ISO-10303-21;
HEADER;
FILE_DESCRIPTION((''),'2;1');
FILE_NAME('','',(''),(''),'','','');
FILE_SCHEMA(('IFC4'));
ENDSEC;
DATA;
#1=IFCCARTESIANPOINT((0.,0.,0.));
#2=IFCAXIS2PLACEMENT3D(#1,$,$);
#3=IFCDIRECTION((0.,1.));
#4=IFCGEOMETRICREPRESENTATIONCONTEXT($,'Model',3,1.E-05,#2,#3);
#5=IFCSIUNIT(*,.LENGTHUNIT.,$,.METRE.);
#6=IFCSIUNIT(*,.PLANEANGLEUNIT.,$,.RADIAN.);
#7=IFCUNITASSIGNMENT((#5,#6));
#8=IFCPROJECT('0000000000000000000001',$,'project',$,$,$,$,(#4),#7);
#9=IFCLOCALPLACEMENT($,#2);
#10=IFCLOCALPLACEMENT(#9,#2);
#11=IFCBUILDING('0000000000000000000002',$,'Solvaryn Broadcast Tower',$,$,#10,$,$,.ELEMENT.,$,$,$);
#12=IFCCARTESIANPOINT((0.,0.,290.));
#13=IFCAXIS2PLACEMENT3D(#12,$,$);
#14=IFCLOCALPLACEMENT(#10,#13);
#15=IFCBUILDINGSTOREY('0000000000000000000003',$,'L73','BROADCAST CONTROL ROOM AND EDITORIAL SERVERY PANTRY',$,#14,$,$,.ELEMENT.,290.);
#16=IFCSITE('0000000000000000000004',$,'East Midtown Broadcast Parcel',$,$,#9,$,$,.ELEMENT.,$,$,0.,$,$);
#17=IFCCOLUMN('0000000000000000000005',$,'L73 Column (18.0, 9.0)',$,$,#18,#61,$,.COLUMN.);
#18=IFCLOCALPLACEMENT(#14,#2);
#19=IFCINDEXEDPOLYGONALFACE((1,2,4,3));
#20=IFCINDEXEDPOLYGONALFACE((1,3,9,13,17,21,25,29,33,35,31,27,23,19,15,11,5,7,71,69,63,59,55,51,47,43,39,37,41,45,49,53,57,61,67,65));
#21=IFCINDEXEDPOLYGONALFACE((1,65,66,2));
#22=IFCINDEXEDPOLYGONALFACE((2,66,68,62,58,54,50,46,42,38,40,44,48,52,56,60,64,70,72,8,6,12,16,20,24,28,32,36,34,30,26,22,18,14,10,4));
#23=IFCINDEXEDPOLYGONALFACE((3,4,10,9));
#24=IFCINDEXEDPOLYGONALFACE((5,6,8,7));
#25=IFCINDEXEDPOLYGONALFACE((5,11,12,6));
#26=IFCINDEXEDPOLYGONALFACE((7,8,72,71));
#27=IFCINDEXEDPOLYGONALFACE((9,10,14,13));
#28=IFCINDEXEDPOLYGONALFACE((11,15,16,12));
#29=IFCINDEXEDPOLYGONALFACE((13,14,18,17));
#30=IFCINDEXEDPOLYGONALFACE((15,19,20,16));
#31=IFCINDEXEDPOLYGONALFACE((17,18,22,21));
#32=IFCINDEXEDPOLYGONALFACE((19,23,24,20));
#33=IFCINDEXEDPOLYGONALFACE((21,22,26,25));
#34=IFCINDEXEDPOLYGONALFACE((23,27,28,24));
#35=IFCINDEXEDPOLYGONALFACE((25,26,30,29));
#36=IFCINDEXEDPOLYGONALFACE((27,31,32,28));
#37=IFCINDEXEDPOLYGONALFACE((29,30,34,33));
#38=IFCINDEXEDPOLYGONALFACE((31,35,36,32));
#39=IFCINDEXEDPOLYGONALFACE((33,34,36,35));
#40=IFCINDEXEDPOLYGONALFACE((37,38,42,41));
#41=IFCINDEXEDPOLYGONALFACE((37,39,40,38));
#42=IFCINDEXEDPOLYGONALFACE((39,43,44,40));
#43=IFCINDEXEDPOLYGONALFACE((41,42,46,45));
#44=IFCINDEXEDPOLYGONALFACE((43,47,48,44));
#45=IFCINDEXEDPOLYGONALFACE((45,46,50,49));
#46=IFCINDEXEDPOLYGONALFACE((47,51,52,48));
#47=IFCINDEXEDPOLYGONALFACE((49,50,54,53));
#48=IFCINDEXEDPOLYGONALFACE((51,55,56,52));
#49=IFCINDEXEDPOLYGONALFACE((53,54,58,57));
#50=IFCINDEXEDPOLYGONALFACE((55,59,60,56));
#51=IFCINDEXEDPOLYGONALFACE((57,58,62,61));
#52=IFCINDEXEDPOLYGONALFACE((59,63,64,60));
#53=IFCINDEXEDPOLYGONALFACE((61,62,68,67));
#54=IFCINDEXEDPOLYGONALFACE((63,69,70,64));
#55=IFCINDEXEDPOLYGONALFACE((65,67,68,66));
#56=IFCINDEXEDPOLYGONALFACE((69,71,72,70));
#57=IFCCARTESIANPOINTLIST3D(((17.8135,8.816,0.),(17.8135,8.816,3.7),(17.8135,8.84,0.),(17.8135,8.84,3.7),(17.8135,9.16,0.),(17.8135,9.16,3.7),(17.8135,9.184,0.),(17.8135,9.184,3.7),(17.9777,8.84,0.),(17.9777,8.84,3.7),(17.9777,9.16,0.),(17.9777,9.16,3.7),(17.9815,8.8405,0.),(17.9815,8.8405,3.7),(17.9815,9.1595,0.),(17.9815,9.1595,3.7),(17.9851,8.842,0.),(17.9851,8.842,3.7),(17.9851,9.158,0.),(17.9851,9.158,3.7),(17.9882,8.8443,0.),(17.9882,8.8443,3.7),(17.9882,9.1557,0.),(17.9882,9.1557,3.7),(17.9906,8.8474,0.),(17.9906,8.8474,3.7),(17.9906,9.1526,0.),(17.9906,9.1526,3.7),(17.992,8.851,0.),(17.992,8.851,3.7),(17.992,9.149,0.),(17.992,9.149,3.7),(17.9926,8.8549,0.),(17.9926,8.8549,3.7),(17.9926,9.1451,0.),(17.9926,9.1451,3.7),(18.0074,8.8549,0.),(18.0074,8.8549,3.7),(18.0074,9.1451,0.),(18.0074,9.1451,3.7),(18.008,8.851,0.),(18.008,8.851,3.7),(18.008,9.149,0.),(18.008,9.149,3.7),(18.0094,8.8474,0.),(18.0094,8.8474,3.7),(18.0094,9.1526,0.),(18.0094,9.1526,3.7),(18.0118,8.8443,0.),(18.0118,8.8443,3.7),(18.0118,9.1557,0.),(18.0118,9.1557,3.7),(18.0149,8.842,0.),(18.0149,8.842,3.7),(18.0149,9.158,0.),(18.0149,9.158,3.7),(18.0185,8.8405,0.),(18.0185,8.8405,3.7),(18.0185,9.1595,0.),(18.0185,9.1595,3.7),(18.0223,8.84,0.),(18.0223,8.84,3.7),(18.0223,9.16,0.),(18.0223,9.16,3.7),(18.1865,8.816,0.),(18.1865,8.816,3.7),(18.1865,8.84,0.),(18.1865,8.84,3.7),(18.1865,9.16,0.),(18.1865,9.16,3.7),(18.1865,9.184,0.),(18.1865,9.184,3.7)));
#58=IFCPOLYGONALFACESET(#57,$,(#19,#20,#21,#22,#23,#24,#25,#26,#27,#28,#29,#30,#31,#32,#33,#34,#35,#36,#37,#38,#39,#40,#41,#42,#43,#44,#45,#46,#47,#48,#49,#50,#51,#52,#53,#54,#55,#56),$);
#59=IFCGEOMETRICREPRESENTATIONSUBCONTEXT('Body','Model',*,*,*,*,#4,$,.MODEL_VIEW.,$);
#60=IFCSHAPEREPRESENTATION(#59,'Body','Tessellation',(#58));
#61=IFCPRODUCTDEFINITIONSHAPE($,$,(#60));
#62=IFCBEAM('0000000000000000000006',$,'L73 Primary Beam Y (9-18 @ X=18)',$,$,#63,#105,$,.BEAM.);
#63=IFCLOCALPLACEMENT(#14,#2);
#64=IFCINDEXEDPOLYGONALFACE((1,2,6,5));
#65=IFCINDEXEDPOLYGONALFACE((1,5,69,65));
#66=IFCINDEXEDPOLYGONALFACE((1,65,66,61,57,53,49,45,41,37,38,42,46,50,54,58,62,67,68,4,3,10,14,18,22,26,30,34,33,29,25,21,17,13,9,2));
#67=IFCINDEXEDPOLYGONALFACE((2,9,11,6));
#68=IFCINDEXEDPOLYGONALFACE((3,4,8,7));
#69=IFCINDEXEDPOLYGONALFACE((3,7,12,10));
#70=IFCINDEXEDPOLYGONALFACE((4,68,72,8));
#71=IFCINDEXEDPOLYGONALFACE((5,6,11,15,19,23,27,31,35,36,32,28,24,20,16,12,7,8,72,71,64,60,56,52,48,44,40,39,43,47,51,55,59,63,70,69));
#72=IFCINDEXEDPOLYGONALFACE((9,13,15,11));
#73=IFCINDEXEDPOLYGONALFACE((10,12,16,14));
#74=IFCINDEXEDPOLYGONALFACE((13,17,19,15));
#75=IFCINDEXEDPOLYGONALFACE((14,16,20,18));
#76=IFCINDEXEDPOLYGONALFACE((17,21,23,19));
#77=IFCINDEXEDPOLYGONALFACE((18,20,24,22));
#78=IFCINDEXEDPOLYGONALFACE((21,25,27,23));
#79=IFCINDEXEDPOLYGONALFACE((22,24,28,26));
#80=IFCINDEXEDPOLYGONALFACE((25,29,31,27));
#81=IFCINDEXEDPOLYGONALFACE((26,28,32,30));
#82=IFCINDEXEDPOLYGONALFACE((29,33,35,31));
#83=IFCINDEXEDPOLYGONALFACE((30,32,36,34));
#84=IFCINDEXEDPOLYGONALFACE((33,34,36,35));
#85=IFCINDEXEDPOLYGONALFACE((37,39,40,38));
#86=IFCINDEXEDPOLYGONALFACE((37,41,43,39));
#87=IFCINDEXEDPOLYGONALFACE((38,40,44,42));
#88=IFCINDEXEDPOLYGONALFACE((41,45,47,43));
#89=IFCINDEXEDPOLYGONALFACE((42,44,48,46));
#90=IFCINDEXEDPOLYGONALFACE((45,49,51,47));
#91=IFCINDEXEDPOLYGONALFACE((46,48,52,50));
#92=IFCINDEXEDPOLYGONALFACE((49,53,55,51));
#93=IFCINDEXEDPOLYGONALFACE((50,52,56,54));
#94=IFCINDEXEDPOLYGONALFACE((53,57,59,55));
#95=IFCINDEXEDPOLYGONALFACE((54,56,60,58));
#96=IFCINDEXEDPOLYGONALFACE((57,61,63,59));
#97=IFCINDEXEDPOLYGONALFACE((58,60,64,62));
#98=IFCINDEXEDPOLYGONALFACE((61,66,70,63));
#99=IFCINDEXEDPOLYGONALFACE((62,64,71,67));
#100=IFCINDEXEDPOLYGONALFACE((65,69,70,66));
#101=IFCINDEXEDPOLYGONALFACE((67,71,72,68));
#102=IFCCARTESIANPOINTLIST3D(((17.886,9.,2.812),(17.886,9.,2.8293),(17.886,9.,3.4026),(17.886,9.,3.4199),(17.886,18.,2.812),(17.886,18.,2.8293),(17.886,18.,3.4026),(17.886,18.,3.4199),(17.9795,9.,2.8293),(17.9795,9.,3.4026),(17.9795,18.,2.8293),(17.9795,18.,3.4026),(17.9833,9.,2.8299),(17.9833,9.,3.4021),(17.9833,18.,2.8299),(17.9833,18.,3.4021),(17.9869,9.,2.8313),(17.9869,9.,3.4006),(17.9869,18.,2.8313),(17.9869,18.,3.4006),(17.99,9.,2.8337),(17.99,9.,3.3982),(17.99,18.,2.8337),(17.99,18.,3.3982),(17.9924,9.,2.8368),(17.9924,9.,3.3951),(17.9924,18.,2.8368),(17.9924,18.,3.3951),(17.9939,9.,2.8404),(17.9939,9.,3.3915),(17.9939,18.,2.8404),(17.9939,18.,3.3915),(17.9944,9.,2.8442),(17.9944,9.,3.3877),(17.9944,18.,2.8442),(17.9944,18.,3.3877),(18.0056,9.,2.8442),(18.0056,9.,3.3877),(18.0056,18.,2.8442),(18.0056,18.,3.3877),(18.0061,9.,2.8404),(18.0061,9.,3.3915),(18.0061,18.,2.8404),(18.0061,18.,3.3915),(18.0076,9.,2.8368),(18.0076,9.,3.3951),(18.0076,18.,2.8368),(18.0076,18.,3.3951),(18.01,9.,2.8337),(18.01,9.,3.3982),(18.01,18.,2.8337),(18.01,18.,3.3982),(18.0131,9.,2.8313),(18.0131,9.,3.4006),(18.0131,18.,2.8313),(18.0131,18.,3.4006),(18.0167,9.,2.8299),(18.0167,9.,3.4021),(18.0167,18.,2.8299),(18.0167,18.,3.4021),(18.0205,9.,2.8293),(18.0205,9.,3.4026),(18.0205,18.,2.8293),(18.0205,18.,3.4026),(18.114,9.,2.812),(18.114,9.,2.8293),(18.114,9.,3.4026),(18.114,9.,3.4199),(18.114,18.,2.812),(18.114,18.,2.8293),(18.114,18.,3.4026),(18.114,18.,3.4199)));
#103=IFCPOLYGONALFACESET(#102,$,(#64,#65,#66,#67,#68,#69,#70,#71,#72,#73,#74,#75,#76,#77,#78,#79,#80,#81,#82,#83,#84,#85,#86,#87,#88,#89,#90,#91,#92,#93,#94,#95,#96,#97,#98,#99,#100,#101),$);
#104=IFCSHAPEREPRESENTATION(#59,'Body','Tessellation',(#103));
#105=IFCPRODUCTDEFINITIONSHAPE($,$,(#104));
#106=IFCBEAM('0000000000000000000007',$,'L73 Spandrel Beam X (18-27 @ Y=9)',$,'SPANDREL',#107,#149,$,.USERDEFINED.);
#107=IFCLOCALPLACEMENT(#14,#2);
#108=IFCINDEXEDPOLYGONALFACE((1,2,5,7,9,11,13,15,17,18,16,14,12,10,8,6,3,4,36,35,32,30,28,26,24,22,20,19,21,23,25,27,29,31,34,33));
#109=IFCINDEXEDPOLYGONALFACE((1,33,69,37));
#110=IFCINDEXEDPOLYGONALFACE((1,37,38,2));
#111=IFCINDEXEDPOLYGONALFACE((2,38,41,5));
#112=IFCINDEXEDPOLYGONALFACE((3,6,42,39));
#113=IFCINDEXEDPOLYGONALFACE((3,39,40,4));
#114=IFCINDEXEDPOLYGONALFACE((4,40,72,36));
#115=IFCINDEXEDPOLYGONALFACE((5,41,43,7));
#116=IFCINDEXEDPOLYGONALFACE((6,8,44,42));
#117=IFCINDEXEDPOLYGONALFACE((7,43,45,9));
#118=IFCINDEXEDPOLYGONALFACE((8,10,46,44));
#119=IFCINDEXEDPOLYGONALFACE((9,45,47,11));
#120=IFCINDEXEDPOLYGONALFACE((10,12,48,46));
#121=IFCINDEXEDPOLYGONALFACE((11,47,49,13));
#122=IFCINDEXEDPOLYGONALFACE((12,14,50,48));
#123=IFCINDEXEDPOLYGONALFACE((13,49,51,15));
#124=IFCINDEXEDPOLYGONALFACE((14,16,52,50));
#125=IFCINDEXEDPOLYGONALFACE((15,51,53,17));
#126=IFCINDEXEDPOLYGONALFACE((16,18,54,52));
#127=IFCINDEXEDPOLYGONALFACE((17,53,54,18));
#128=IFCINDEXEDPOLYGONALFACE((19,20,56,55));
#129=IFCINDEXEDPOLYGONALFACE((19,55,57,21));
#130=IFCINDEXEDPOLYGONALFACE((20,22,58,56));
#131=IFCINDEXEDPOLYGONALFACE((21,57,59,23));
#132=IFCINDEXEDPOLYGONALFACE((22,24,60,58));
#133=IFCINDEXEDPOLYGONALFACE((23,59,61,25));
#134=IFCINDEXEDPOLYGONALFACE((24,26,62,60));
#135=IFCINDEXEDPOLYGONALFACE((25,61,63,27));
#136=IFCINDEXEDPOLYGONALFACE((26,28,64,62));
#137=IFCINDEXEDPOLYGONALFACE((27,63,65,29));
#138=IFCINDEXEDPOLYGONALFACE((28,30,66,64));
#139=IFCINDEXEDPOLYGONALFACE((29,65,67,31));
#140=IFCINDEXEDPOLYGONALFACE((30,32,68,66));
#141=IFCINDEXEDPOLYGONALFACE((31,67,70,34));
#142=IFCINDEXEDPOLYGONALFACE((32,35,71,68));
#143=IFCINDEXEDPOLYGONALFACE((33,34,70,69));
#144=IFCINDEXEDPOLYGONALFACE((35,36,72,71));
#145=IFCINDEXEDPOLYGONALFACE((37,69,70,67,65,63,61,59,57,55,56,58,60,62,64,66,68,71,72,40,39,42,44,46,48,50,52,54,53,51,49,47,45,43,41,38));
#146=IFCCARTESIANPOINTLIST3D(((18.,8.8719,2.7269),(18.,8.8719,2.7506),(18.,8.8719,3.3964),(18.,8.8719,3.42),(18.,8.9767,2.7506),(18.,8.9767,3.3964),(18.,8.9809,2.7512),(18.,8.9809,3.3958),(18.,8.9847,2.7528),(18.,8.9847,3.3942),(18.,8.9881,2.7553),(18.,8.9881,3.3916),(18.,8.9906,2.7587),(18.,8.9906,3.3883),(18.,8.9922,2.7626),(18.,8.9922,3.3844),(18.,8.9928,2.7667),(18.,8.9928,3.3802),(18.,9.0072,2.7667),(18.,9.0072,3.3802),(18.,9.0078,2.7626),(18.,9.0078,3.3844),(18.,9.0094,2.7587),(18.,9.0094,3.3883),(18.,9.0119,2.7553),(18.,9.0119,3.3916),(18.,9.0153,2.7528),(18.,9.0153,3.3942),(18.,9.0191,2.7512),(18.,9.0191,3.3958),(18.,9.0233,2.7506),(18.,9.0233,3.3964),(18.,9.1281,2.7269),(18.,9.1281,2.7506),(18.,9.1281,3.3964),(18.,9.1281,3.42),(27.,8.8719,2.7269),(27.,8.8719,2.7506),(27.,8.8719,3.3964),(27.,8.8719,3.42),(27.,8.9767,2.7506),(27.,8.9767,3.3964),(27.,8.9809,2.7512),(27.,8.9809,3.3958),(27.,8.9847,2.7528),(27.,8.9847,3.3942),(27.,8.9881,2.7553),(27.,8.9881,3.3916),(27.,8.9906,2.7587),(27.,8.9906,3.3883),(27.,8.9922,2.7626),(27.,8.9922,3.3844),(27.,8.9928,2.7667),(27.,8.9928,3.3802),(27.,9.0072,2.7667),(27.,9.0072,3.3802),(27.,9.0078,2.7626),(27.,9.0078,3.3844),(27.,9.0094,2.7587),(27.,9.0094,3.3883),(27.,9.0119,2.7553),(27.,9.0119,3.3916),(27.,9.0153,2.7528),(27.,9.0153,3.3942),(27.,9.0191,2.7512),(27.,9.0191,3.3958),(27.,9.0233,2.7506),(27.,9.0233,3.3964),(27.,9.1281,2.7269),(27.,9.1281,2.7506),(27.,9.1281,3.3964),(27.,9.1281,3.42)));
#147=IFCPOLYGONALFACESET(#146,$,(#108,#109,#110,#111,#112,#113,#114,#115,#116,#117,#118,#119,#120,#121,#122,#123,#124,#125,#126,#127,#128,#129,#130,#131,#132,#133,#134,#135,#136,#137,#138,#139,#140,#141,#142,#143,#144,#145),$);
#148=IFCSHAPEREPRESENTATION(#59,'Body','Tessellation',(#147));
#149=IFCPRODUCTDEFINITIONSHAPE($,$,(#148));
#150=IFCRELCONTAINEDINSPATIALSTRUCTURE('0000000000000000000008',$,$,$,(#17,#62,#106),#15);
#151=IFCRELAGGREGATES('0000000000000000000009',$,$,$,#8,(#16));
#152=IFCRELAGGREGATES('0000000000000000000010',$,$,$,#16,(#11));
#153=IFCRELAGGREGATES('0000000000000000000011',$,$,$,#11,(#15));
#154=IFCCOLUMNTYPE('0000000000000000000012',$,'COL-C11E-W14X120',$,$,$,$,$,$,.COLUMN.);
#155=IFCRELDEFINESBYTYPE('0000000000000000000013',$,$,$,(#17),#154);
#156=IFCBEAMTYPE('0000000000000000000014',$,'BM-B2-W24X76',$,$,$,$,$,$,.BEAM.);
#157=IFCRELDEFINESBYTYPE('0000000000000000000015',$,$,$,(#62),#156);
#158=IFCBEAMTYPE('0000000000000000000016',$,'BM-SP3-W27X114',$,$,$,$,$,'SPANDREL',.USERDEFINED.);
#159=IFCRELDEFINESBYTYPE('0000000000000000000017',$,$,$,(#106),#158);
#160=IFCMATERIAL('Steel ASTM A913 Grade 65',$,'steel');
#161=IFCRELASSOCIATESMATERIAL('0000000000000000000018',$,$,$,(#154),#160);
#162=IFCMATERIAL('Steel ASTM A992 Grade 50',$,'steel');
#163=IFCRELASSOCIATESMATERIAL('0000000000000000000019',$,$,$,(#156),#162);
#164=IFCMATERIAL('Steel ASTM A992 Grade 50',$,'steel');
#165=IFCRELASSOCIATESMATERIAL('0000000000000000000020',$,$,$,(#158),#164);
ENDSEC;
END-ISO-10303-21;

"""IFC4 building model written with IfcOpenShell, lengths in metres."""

from ifc_helpers import new_model, si_unit, direction, frame, origin, origin_2d, place, context, subcontext, project, spatial, i_section, extrude, material, material_profile, profile_set, type_object, element, save


model = new_model("IFC4")

# Units and contexts
model_context = context("Model", 3, precision=1e-05, world=origin(), true_north=direction((0.0, 1.0)))
body_context = subcontext(model_context, "Body", "Model", "MODEL_VIEW")
ifc_project = project(units=[si_unit("LENGTHUNIT", "METRE"), si_unit("PLANEANGLEUNIT", "RADIAN")], contexts=[model_context])

# Site, building, storey
site_placement = place(None, origin())
site = spatial("IfcSite", under=ifc_project, at=site_placement, Name="East Midtown Broadcast Parcel", CompositionType="ELEMENT", RefElevation=0.0)
building_placement = place(site_placement, origin())
building = spatial("IfcBuilding", under=site, at=building_placement, Name="Solvaryn Broadcast Tower", CompositionType="ELEMENT")
storey_placement = place(building_placement, frame((0.0, 0.0, 290.0)))
storey = spatial("IfcBuildingStorey", under=building, at=storey_placement, Name="L73", Description="BROADCAST CONTROL ROOM AND EDITORIAL SERVERY PANTRY", CompositionType="ELEMENT", Elevation=290.0)

# Column
ifc_material_1 = material(Name="Steel ASTM A913 Grade 65", Category="steel")
ifc_material_profile_1 = material_profile(ifc_material_1, i_section(OverallWidth=0.373, OverallDepth=0.3679, WebThickness=0.0149, FlangeThickness=0.0239, FilletRadius=0.0149, at=origin_2d()))
ifc_profile_set_1 = profile_set([ifc_material_profile_1], Name="Steel ASTM A913 Grade 65")
column_type = type_object("IfcColumnType", Name="COL-C11E-W14X120", PredefinedType="COLUMN", material=ifc_profile_set_1)
column_placement = place(storey_placement, frame((18.0, 9.0, 0.0), z_axis=(0.0, 0.0, 1.0), x_axis=(1.0, 0.0, 0.0)))
element("IfcColumn", 1, at=column_placement, inside=storey, type_object=column_type, Name="L73 Column (18.0, 9.0)", PredefinedType="COLUMN", context=body_context, shape_type="SweptSolid", body=[
    extrude(i_section(OverallWidth=0.373, OverallDepth=0.3679, WebThickness=0.0149, FlangeThickness=0.0239, FilletRadius=0.0149, at=origin_2d()), origin(), (0.0, 0.0, 1.0), 3.7),
])

# Beams
ifc_material_2 = material(Name="Steel ASTM A992 Grade 50", Category="steel")
ifc_material_profile_2 = material_profile(ifc_material_2, i_section(OverallWidth=0.228, OverallDepth=0.6079, WebThickness=0.0112, FlangeThickness=0.0173, FilletRadius=0.0149, at=origin_2d()))
ifc_profile_set_2 = profile_set([ifc_material_profile_2], Name="Steel ASTM A992 Grade 50")
beam_type_1 = type_object("IfcBeamType", Name="BM-B2-W24X76", PredefinedType="BEAM", material=ifc_profile_set_2)
beam_1_placement = place(storey_placement, frame((18.0, 9.0, 3.116), z_axis=(0.0, 1.0, 0.0), x_axis=(-1.0, 0.0, 0.0)))
element("IfcBeam", 2, at=beam_1_placement, inside=storey, type_object=beam_type_1, Name="L73 Primary Beam Y (9-18 @ X=18)", PredefinedType="BEAM", context=body_context, shape_type="SweptSolid", body=[
    extrude(i_section(OverallWidth=0.228, OverallDepth=0.6079, WebThickness=0.0112, FlangeThickness=0.0173, FilletRadius=0.0149, at=origin_2d()), origin(), (0.0, 0.0, 1.0), 9.0),
])
ifc_material_3 = material(Name="Steel ASTM A992 Grade 50", Category="steel")
ifc_material_profile_3 = material_profile(ifc_material_3, i_section(OverallWidth=0.2561, OverallDepth=0.6931, WebThickness=0.0144, FlangeThickness=0.0237, FilletRadius=0.0161, at=origin_2d()))
ifc_profile_set_3 = profile_set([ifc_material_profile_3], Name="Steel ASTM A992 Grade 50")
beam_type_2 = type_object("IfcBeamType", Name="BM-SP3-W27X114", ElementType="SPANDREL", PredefinedType="USERDEFINED", material=ifc_profile_set_3)
beam_2_placement = place(storey_placement, frame((18.0, 9.0, 3.0735), z_axis=(1.0, 0.0, 0.0), x_axis=(0.0, 1.0, 0.0)))
element("IfcBeam", 3, at=beam_2_placement, inside=storey, type_object=beam_type_2, Name="L73 Spandrel Beam X (18-27 @ Y=9)", ObjectType="SPANDREL", PredefinedType="USERDEFINED", context=body_context, shape_type="SweptSolid", body=[
    extrude(i_section(OverallWidth=0.2561, OverallDepth=0.6931, WebThickness=0.0144, FlangeThickness=0.0237, FilletRadius=0.0161, at=origin_2d()), origin(), (0.0, 0.0, 1.0), 9.0),
])

save(model, "model.ifc")
